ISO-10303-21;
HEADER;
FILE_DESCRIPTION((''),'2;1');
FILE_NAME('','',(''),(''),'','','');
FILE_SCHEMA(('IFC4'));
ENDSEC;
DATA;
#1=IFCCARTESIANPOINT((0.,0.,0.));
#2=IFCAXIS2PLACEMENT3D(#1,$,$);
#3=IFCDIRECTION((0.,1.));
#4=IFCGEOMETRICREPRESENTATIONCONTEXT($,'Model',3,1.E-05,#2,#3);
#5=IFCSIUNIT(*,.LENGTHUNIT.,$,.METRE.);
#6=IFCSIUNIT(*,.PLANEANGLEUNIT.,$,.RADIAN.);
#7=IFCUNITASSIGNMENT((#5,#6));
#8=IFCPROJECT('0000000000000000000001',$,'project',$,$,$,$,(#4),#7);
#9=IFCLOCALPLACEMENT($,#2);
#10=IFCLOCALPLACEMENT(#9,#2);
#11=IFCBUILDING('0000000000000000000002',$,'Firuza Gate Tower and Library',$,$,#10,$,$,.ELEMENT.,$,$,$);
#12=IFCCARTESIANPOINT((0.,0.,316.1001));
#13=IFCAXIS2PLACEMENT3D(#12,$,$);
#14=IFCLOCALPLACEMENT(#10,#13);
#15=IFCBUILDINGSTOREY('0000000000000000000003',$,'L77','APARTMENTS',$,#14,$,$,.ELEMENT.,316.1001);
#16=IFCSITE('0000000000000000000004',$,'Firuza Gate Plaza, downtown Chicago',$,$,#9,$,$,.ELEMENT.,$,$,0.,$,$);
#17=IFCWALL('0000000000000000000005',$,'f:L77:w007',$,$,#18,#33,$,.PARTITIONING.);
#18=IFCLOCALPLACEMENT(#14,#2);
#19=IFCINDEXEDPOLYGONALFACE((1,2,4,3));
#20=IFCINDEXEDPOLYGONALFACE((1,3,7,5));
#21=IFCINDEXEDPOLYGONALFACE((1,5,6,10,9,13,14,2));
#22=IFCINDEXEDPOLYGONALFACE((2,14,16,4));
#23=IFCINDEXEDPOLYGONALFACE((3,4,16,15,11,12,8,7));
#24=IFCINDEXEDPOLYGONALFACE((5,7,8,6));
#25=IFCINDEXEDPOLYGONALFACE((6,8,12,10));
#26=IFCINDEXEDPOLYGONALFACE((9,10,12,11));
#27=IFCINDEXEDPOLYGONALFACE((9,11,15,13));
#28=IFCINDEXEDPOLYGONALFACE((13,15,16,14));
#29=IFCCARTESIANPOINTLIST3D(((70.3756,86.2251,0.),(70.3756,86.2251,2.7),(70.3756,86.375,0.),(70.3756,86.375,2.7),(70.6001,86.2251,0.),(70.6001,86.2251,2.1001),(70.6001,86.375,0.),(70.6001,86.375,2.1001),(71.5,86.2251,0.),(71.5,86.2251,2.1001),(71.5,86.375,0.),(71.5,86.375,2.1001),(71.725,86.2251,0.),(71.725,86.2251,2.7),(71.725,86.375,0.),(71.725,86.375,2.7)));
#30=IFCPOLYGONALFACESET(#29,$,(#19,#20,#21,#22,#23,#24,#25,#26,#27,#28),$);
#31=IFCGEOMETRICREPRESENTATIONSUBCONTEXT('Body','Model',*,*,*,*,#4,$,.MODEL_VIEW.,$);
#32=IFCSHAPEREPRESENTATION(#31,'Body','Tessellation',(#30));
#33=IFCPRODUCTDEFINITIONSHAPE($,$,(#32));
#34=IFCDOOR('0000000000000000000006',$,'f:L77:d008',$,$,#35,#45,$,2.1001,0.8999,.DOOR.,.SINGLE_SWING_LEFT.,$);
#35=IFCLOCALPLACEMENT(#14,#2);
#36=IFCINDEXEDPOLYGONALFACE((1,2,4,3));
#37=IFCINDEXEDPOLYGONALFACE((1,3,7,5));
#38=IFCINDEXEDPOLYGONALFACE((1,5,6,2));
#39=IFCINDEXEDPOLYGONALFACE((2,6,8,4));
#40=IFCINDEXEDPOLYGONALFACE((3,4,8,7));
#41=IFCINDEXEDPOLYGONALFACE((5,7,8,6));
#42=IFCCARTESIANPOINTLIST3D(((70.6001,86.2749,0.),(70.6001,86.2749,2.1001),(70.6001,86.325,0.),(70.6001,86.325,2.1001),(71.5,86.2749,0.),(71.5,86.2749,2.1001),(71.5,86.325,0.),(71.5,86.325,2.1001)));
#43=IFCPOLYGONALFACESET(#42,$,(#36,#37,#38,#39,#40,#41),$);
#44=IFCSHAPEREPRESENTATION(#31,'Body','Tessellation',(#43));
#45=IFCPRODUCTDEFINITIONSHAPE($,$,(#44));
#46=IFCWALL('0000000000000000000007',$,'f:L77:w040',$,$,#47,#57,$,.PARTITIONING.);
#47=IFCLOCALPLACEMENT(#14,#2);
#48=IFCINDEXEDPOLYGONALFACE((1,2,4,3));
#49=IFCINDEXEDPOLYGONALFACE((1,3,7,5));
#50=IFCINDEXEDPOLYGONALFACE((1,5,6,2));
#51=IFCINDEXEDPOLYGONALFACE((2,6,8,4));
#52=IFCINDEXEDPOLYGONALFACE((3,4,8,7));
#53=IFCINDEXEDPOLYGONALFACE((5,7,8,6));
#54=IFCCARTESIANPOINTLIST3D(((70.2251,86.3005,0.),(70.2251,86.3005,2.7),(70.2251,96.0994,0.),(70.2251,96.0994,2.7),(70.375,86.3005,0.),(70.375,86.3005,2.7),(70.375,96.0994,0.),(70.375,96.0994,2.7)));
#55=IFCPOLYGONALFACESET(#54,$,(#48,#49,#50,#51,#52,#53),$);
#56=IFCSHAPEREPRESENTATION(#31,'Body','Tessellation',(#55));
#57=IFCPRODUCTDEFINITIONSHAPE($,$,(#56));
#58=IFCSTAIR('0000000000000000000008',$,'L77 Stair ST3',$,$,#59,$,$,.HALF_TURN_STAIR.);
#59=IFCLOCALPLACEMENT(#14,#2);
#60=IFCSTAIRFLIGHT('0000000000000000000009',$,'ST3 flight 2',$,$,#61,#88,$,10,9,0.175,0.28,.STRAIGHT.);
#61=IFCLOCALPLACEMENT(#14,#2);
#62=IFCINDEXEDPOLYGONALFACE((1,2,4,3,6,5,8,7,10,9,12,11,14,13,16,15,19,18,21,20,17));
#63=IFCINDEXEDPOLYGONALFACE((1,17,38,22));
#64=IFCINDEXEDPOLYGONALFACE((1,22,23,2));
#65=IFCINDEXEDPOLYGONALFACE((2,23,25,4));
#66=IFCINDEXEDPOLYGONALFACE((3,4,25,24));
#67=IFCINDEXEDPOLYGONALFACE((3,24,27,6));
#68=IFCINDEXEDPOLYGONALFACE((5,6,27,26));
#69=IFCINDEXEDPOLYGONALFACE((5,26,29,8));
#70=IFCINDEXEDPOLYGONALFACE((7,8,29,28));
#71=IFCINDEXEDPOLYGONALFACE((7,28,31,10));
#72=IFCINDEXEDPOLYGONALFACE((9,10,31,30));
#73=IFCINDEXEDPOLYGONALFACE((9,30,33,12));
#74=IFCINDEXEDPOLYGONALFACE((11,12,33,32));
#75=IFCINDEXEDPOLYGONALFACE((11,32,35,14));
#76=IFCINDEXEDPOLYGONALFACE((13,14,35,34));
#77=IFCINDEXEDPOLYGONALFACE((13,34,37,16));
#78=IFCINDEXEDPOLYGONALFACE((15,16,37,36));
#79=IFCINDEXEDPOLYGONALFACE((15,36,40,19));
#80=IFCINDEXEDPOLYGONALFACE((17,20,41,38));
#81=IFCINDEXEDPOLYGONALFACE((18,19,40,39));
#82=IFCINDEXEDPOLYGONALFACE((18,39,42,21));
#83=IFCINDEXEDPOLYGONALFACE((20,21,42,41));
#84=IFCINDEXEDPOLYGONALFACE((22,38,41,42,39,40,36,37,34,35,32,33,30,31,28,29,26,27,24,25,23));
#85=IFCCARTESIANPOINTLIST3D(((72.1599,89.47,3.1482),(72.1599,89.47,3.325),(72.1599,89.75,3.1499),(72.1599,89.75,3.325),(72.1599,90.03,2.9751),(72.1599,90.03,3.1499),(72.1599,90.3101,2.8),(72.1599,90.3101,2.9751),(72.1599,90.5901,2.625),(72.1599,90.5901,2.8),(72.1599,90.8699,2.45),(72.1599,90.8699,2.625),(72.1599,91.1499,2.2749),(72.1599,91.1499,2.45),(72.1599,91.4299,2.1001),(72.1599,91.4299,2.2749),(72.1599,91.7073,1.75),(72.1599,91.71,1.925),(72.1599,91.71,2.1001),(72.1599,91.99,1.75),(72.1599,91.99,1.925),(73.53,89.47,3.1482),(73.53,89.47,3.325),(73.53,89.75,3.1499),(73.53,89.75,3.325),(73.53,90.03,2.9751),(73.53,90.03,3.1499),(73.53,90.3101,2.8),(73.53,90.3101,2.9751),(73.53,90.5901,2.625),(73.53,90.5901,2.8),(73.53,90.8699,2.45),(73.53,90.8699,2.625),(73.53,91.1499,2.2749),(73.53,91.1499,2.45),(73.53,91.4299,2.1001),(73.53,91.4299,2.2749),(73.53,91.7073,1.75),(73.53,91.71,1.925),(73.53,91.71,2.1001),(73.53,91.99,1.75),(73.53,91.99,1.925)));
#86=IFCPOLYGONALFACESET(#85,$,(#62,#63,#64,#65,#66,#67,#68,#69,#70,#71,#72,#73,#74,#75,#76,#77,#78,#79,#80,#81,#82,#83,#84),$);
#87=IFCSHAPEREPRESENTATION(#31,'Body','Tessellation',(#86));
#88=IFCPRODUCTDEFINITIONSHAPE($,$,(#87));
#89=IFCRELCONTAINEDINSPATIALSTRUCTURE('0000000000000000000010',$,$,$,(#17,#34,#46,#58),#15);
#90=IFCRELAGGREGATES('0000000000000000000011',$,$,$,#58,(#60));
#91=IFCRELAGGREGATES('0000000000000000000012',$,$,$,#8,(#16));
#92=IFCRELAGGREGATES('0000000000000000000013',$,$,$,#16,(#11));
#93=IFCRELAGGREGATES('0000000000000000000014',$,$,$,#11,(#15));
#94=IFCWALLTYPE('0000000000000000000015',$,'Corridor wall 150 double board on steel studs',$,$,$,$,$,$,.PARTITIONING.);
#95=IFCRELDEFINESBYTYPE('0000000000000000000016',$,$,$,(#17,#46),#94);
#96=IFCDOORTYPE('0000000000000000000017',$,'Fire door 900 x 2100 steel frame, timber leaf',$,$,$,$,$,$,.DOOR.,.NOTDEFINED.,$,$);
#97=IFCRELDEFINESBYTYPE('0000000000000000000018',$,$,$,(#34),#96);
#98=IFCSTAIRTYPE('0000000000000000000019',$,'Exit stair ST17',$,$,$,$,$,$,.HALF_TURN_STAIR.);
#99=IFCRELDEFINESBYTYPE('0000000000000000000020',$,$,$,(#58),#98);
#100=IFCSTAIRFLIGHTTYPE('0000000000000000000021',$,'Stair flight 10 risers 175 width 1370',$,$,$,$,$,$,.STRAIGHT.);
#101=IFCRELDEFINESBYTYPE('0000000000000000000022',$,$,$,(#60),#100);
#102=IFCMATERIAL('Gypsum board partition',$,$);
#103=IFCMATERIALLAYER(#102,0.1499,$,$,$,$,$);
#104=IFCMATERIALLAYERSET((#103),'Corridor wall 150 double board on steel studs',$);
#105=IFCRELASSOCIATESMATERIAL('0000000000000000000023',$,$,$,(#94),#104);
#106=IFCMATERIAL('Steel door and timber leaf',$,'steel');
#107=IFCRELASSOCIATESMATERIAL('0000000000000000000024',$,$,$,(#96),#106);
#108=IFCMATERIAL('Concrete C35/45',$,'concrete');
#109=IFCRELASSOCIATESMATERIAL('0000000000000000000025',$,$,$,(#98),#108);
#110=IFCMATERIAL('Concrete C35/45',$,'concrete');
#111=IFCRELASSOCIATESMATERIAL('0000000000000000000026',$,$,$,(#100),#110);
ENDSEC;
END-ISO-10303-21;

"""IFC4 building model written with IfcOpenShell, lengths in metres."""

from ifc_helpers import new_model, si_unit, direction, frame, frame_2d, origin, place, context, subcontext, project, spatial, polyline, rectangle, outline, extrude, material, layer, layer_set, type_object, element, fill, aggregate, save


model = new_model("IFC4")

# Units and contexts
model_context = context("Model", 3, precision=1e-05, world=origin(), true_north=direction((0.0, 1.0)))
body_context = subcontext(model_context, "Body", "Model", "MODEL_VIEW")
ifc_project = project(units=[si_unit("LENGTHUNIT", "METRE"), si_unit("PLANEANGLEUNIT", "RADIAN")], contexts=[model_context])

# Site, building, storey
site_placement = place(None, origin())
site = spatial("IfcSite", under=ifc_project, at=site_placement, Name="Firuza Gate Plaza, downtown Chicago", CompositionType="ELEMENT", RefElevation=0.0)
building_placement = place(site_placement, origin())
building = spatial("IfcBuilding", under=site, at=building_placement, Name="Firuza Gate Tower and Library", CompositionType="ELEMENT")
storey_placement = place(building_placement, frame((0.0, 0.0, 316.1001)))
storey = spatial("IfcBuildingStorey", under=building, at=storey_placement, Name="L77", Description="APARTMENTS", CompositionType="ELEMENT", Elevation=316.1001)

# Shared definitions
placement = place(storey_placement, origin())

# Wall, opening, door
ifc_material_1 = material(Name="Gypsum board partition")
ifc_layer_1 = layer(ifc_material_1, 0.1499)
ifc_layer_set_1 = layer_set([ifc_layer_1], Name="Corridor wall 150 double board on steel studs")
wall_type_1 = type_object("IfcWallType", Name="Corridor wall 150 double board on steel studs", PredefinedType="PARTITIONING", material=ifc_layer_set_1)
wall_1_placement = place(storey_placement, frame((70.3755, 86.3, 0.0), z_axis=(0.0, 0.0, 1.0), x_axis=(1.0, 0.0, 0.0)))
wall_1 = element("IfcWall", 1, at=wall_1_placement, inside=storey, type_object=wall_type_1, Name="f:L77:w007", PredefinedType="PARTITIONING", context=body_context, shape_type="SweptSolid", body=[
    extrude(rectangle(XDim=1.3494, YDim=0.1499, at=frame_2d((0.6748, 0.0))), origin(), (0.0, 0.0, 1.0), 2.7),
])
opening_1_placement = place(wall_1_placement, frame((0.2246, 0.0, 0.0)))
opening_1 = element("IfcOpeningElement", 2, at=opening_1_placement, cuts=wall_1, PredefinedType="OPENING", context=body_context, shape_type="SweptSolid", body=[
    extrude(rectangle(XDim=0.8999, YDim=2.1001, at=frame_2d((0.45, 1.05))), frame((0.0, 0.085, 0.0), z_axis=(0.0, -1.0, 0.0), x_axis=(1.0, 0.0, 0.0)), (0.0, 0.0, 1.0), 0.1699),
])
ifc_material_2 = material(Name="Steel door and timber leaf", Category="steel")
door_type_1 = type_object("IfcDoorType", Name="Fire door 900 x 2100 steel frame, timber leaf", OperationType="NOTDEFINED", PredefinedType="DOOR", material=ifc_material_2)
door_1_placement = place(opening_1_placement, origin())
door_1 = element("IfcDoor", 3, at=door_1_placement, inside=storey, type_object=door_type_1, Name="f:L77:d008", OperationType="SINGLE_SWING_LEFT", OverallHeight=2.1001, OverallWidth=0.8999, PredefinedType="DOOR", context=body_context, shape_type="SweptSolid", body=[
    extrude(rectangle(XDim=0.8999, YDim=2.1001, at=frame_2d((0.45, 1.05))), frame((0.0, 0.0249, 0.0), z_axis=(0.0, -1.0, 0.0), x_axis=(1.0, 0.0, 0.0)), (0.0, 0.0, 1.0), 0.05),
])
fill(opening_1, door_1)

# Wall
wall_2_placement = place(storey_placement, frame((70.3, 86.3005, 0.0), z_axis=(0.0, 0.0, 1.0), x_axis=(0.0, 1.0, 0.0)))
element("IfcWall", 4, at=wall_2_placement, inside=storey, type_object=wall_type_1, Name="f:L77:w040", PredefinedType="PARTITIONING", context=body_context, shape_type="SweptSolid", body=[
    extrude(rectangle(XDim=9.7988, YDim=0.1499, at=frame_2d((4.8994, 0.0))), origin(), (0.0, 0.0, 1.0), 2.7),
])

# Stair, stair flight
ifc_material_3 = material(Name="Concrete C35/45", Category="concrete")
stair_type = type_object("IfcStairType", Name="Exit stair ST17", PredefinedType="HALF_TURN_STAIR", material=ifc_material_3)
stair = element("IfcStair", 5, at=placement, inside=storey, type_object=stair_type, Name="L77 Stair ST3", PredefinedType="HALF_TURN_STAIR")
ifc_material_4 = material(Name="Concrete C35/45", Category="concrete")
stair_flight_type = type_object("IfcStairFlightType", Name="Stair flight 10 risers 175 width 1370", PredefinedType="STRAIGHT", material=ifc_material_4)
stair_flight_placement = place(storey_placement, frame((72.845, 91.99, 1.75), z_axis=(0.0, 0.0, 1.0), x_axis=(0.0, -1.0, 0.0)))
stair_flight = element("IfcStairFlight", 6, at=stair_flight_placement, type_object=stair_flight_type, Name="ST3 flight 2", NumberOfRisers=10, NumberOfTreads=9, PredefinedType="STRAIGHT", RiserHeight=0.175, TreadLength=0.28, context=body_context, shape_type="SweptSolid", body=[
    extrude(outline(polyline([(0.0, 0.0), (0.0, 0.175), (0.28, 0.175), (0.28, 0.3501), (0.5601, 0.3501), (0.5601, 0.5249), (0.8401, 0.5249), (0.8401, 0.7), (1.1201, 0.7), (1.1201, 0.875), (1.3999, 0.875), (1.3999, 1.05), (1.6799, 1.05), (1.6799, 1.2251), (1.96, 1.2251), (1.96, 1.3999), (2.24, 1.3999), (2.24, 1.575), (2.52, 1.575), (2.52, 1.75), (2.52, 1.3982), (0.2827, 0.0), (0.0, 0.0)])), frame((0.0, 0.6851, 0.0), z_axis=(0.0, -1.0, 0.0), x_axis=(1.0, 0.0, 0.0)), (0.0, 0.0, 1.0), 1.3701),
])
aggregate(stair, [stair_flight])

save(model, "model.ifc")
